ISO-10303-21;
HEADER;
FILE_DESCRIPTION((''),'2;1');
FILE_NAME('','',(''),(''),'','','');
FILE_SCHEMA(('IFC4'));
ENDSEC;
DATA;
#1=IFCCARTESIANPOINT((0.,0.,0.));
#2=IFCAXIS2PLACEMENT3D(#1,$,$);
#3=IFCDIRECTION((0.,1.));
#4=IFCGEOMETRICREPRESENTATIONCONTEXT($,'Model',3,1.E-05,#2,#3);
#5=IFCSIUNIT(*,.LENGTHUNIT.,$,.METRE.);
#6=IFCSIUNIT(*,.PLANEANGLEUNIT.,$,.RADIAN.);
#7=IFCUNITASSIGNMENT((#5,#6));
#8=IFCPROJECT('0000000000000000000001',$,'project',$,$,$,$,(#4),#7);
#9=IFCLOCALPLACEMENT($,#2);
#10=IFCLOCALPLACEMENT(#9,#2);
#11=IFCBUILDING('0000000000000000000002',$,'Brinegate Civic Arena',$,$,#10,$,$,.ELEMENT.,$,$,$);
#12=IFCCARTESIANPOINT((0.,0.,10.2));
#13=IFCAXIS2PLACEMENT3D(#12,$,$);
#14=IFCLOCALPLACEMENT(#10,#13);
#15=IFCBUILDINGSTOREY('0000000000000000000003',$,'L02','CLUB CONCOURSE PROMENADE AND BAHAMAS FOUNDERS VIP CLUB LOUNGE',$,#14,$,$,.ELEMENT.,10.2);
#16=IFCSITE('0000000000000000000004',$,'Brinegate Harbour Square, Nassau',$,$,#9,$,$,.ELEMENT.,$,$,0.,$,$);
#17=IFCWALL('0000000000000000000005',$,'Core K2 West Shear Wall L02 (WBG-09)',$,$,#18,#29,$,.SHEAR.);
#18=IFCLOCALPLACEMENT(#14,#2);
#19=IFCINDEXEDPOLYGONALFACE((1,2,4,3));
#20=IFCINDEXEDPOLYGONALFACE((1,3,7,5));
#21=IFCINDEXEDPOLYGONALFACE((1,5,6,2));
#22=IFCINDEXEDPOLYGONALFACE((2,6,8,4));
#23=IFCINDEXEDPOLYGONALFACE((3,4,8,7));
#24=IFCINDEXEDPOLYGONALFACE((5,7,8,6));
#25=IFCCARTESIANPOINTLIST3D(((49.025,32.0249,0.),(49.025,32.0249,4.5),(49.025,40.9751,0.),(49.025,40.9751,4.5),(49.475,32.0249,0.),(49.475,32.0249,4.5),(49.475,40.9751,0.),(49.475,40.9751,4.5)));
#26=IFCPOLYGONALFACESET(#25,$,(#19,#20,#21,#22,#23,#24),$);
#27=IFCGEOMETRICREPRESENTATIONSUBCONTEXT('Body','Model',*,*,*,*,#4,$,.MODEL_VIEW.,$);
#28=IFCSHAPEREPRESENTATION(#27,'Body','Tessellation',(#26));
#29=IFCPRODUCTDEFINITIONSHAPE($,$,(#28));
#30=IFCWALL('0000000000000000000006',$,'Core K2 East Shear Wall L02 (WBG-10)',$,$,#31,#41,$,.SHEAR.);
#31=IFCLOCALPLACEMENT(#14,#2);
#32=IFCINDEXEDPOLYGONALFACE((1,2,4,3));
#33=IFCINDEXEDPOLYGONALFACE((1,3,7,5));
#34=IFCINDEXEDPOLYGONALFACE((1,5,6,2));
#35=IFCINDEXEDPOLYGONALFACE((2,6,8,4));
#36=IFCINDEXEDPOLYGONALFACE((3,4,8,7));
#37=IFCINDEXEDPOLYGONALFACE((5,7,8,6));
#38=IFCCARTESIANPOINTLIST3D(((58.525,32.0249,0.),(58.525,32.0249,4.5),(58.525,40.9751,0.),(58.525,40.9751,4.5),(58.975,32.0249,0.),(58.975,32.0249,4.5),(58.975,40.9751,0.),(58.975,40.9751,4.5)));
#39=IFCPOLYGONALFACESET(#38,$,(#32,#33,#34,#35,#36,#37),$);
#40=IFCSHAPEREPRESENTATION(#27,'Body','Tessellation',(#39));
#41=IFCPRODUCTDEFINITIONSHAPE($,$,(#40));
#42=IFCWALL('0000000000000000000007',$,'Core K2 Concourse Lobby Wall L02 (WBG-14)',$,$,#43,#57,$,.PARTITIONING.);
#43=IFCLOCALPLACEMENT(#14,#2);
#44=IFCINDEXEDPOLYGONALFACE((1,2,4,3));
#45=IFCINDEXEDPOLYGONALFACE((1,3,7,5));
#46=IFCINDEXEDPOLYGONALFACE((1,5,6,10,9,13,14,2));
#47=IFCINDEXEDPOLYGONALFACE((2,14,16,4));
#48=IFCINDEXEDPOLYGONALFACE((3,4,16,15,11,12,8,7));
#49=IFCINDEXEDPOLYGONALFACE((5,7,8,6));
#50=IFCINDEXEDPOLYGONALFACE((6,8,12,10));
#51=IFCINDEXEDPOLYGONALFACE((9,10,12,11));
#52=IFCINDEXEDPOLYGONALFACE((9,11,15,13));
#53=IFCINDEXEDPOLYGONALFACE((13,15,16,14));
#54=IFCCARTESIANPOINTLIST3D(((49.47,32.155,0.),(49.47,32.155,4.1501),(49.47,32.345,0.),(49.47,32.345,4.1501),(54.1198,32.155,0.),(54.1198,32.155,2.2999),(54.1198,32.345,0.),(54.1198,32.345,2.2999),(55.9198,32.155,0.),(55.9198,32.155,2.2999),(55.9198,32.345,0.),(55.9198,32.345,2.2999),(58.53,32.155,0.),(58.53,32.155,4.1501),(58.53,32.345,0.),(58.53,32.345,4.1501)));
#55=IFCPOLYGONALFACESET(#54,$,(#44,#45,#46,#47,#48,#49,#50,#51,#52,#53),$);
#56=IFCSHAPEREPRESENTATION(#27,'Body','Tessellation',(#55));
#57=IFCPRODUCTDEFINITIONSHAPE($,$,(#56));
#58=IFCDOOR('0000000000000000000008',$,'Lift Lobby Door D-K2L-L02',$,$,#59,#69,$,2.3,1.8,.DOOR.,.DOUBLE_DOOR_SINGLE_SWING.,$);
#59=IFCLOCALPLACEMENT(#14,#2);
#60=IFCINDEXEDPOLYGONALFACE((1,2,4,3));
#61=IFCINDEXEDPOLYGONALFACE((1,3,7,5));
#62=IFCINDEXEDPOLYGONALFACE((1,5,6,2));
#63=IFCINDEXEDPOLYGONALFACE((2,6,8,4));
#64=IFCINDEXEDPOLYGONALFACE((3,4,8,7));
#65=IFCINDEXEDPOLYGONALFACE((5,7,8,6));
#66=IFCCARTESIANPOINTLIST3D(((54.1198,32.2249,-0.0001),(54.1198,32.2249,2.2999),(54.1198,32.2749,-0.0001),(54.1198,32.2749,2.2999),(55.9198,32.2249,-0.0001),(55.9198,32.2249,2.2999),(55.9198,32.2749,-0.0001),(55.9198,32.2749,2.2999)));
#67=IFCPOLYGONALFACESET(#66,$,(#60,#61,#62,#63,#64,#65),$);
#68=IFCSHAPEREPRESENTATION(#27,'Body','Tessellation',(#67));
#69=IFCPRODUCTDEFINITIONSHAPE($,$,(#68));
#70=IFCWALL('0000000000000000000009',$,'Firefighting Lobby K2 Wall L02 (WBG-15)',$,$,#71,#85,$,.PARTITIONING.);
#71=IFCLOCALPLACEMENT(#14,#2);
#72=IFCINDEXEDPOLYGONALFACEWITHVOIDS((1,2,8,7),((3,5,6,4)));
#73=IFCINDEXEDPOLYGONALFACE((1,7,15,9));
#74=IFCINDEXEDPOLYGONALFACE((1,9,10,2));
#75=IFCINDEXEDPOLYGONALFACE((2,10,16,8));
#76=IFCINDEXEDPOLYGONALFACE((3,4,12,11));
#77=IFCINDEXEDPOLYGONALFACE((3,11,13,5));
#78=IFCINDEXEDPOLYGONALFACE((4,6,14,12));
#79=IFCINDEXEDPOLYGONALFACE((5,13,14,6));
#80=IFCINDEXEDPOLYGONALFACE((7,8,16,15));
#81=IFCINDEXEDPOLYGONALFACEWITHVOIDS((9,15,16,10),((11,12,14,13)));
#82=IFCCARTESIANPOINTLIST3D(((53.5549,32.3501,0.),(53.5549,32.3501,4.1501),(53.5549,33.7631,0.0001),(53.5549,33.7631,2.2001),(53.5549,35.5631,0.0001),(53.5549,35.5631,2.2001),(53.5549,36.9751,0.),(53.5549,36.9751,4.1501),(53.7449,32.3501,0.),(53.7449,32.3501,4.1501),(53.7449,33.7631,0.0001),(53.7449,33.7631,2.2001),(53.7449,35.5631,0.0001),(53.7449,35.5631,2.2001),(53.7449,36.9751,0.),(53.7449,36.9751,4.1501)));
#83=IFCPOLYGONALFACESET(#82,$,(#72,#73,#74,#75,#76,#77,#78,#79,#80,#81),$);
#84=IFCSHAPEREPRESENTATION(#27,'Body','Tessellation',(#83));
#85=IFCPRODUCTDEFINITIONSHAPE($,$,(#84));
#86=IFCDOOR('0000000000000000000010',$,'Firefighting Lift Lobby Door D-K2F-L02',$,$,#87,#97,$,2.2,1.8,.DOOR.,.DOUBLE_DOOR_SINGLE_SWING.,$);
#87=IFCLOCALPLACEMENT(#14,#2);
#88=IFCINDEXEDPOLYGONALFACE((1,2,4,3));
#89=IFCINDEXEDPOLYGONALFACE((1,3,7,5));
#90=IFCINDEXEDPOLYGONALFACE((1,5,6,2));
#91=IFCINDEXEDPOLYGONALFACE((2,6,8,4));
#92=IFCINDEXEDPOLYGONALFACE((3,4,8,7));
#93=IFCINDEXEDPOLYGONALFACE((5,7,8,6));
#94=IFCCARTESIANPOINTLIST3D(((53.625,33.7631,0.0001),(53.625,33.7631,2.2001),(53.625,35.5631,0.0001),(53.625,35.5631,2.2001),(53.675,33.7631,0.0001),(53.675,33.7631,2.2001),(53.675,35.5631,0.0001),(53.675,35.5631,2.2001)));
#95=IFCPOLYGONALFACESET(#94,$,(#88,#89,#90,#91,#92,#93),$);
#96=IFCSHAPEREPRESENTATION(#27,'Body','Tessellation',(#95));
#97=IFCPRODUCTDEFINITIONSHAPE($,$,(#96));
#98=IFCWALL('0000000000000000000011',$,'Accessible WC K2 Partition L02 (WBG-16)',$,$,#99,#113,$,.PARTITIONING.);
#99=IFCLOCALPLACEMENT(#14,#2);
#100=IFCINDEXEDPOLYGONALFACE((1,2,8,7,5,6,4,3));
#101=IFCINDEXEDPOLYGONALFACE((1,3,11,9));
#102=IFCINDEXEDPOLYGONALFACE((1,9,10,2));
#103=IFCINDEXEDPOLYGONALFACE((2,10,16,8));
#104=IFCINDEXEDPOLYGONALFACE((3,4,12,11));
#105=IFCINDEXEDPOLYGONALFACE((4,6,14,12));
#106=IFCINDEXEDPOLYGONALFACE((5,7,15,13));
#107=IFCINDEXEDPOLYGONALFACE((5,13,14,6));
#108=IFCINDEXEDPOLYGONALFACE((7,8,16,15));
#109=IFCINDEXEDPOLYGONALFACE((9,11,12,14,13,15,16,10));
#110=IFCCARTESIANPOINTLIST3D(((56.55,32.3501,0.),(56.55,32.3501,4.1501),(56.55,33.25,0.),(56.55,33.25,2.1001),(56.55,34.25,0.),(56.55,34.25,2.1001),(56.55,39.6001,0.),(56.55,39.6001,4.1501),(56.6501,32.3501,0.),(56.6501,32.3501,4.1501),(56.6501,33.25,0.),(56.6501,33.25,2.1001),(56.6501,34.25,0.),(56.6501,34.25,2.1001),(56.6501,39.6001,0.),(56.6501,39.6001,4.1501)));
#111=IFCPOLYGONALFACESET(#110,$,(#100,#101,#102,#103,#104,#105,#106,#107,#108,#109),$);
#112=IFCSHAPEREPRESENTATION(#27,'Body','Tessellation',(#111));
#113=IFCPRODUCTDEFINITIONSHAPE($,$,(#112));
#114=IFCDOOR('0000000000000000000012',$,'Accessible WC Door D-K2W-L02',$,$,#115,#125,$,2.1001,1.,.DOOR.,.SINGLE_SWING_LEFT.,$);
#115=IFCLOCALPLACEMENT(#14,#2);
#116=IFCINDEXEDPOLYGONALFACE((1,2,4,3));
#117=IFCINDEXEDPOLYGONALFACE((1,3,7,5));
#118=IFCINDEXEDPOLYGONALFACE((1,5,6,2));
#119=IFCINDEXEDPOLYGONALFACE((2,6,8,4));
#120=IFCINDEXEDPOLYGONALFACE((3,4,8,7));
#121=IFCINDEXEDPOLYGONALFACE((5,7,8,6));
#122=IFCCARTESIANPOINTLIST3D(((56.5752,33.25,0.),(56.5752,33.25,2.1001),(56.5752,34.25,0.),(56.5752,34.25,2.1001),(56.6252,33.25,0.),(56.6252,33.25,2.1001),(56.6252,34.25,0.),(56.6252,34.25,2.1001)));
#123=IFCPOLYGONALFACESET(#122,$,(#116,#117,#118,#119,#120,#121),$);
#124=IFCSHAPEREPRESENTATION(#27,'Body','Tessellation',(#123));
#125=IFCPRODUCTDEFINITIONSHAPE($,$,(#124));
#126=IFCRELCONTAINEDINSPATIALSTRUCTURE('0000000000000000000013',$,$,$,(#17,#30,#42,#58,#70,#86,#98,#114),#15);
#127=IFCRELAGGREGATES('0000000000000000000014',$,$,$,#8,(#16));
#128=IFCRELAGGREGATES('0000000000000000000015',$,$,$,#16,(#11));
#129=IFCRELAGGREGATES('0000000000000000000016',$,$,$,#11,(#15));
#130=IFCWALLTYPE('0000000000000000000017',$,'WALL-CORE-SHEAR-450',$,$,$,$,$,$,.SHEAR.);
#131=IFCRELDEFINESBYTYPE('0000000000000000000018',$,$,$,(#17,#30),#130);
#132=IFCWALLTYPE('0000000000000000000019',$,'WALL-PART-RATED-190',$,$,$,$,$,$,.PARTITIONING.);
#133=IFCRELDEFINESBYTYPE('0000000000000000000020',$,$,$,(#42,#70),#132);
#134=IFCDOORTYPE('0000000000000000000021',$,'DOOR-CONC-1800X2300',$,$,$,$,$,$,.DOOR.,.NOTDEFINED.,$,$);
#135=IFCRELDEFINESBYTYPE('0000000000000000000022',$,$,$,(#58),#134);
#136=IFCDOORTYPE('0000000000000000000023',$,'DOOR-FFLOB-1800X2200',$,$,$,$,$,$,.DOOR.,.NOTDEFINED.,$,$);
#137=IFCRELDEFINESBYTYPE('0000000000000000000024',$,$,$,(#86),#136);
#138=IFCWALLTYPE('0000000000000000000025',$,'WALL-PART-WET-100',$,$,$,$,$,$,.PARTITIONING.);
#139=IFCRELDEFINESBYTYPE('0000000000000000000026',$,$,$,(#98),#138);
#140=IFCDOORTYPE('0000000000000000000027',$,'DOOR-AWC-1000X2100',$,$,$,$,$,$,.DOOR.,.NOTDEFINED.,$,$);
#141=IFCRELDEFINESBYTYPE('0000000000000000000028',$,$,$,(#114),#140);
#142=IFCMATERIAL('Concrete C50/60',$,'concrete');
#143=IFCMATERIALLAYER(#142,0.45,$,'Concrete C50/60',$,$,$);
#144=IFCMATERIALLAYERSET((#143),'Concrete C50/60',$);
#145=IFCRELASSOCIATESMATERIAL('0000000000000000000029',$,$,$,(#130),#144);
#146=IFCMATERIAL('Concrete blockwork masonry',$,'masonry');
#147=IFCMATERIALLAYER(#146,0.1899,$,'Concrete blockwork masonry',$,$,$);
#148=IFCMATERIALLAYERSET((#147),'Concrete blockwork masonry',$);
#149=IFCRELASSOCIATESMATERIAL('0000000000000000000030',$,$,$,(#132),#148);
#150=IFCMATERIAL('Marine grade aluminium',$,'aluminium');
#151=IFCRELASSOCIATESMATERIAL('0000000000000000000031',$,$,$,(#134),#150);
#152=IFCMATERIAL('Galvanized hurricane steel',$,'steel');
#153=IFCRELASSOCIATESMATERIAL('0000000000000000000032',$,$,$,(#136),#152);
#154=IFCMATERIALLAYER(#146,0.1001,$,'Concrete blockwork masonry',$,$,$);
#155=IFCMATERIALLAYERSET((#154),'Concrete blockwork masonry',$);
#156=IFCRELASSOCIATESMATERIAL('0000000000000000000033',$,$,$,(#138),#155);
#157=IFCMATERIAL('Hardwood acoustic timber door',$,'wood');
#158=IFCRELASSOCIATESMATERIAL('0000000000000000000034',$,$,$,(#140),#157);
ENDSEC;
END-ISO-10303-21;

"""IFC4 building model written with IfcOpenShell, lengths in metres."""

from ifc_helpers import new_model, si_unit, direction, frame, frame_2d, origin, place, context, subcontext, project, spatial, rectangle, extrude, material, layer, layer_set, type_object, element, fill, save


model = new_model("IFC4")

# Units and contexts
model_context = context("Model", 3, precision=1e-05, world=origin(), true_north=direction((0.0, 1.0)))
body_context = subcontext(model_context, "Body", "Model", "MODEL_VIEW")
ifc_project = project(units=[si_unit("LENGTHUNIT", "METRE"), si_unit("PLANEANGLEUNIT", "RADIAN")], contexts=[model_context])

# Site, building, storey
site_placement = place(None, origin())
site = spatial("IfcSite", under=ifc_project, at=site_placement, Name="Brinegate Harbour Square, Nassau", CompositionType="ELEMENT", RefElevation=0.0)
building_placement = place(site_placement, origin())
building = spatial("IfcBuilding", under=site, at=building_placement, Name="Brinegate Civic Arena", CompositionType="ELEMENT")
storey_placement = place(building_placement, frame((0.0, 0.0, 10.2)))
storey = spatial("IfcBuildingStorey", under=building, at=storey_placement, Name="L02", Description="CLUB CONCOURSE PROMENADE AND BAHAMAS FOUNDERS VIP CLUB LOUNGE", CompositionType="ELEMENT", Elevation=10.2)

# Shared definitions
ifc_material_1 = material(Name="Concrete C50/60", Category="concrete")

# Shared definitions
ifc_material_2 = material(Name="Marine grade aluminium", Category="aluminium")

# Walls
ifc_layer_1 = layer(ifc_material_1, 0.45, Name="Concrete C50/60")
ifc_layer_set_1 = layer_set([ifc_layer_1], Name="Concrete C50/60")
wall_type_1 = type_object("IfcWallType", Name="WALL-CORE-SHEAR-450", PredefinedType="SHEAR", material=ifc_layer_set_1)
for number, where, z_axis, x_axis, name in (
    (1, (49.25, 32.0249, 0.0), (0.0, 0.0, 1.0), (0.0, 1.0, 0.0), "Core K2 West Shear Wall L02 (WBG-09)"),
    (2, (58.75, 32.0249, 0.0), (0.0, 0.0, 1.0), (0.0, 1.0, 0.0), "Core K2 East Shear Wall L02 (WBG-10)"),
):
    element("IfcWall", number, at=place(storey_placement, frame(where, z_axis=z_axis, x_axis=x_axis)), inside=storey, type_object=wall_type_1, Name=name, PredefinedType="SHEAR", context=body_context, shape_type="SweptSolid", body=[
        extrude(rectangle(XDim=8.9502, YDim=0.45, at=frame_2d((4.4751, 0.0))), origin(), (0.0, 0.0, 1.0), 4.5),
    ])

# Walls, openings, doors
ifc_material_3 = material(Name="Concrete blockwork masonry", Category="masonry")
ifc_layer_2 = layer(ifc_material_3, 0.1899, Name="Concrete blockwork masonry")
ifc_layer_set_2 = layer_set([ifc_layer_2], Name="Concrete blockwork masonry")
wall_type_2 = type_object("IfcWallType", Name="WALL-PART-RATED-190", PredefinedType="PARTITIONING", material=ifc_layer_set_2)
wall_1_placement = place(storey_placement, frame((49.47, 32.25, 0.0), z_axis=(0.0, 0.0, 1.0), x_axis=(1.0, 0.0, 0.0)))
wall_1 = element("IfcWall", 3, at=wall_1_placement, inside=storey, type_object=wall_type_2, Name="Core K2 Concourse Lobby Wall L02 (WBG-14)", PredefinedType="PARTITIONING", context=body_context, shape_type="SweptSolid", body=[
    extrude(rectangle(XDim=9.0601, YDim=0.1899, at=frame_2d((4.53, 0.0))), origin(), (0.0, 0.0, 1.0), 4.1501),
])
opening_1_placement = place(wall_1_placement, frame((4.6499, 0.0, 0.0)))
opening_1 = element("IfcOpeningElement", 4, at=opening_1_placement, cuts=wall_1, PredefinedType="OPENING", context=body_context, shape_type="SweptSolid", body=[
    extrude(rectangle(XDim=1.8, YDim=2.3, at=frame_2d((0.8999, 1.1499))), frame((0.0, 0.105, 0.0), z_axis=(0.0, -1.0, 0.0), x_axis=(1.0, 0.0, 0.0)), (0.0, 0.0, 1.0), 0.21),
])
door_type_1 = type_object("IfcDoorType", Name="DOOR-CONC-1800X2300", OperationType="NOTDEFINED", PredefinedType="DOOR", material=ifc_material_2)
door_1_placement = place(opening_1_placement, origin())
door_1 = element("IfcDoor", 5, at=door_1_placement, inside=storey, type_object=door_type_1, Name="Lift Lobby Door D-K2L-L02", OperationType="DOUBLE_DOOR_SINGLE_SWING", OverallHeight=2.3, OverallWidth=1.8, PredefinedType="DOOR", context=body_context, shape_type="SweptSolid", body=[
    extrude(rectangle(XDim=1.8, YDim=2.3, at=frame_2d((0.8999, 1.1499))), frame((0.0, 0.0249, 0.0), z_axis=(0.0, -1.0, 0.0), x_axis=(1.0, 0.0, 0.0)), (0.0, 0.0, 1.0), 0.05),
])
fill(opening_1, door_1)
wall_2_placement = place(storey_placement, frame((53.6499, 32.3501, 0.0), z_axis=(0.0, 0.0, 1.0), x_axis=(0.0, 1.0, 0.0)))
wall_2 = element("IfcWall", 6, at=wall_2_placement, inside=storey, type_object=wall_type_2, Name="Firefighting Lobby K2 Wall L02 (WBG-15)", PredefinedType="PARTITIONING", context=body_context, shape_type="SweptSolid", body=[
    extrude(rectangle(XDim=4.625, YDim=0.1899, at=frame_2d((2.3125, 0.0))), origin(), (0.0, 0.0, 1.0), 4.1501),
])
opening_2_placement = place(wall_2_placement, frame((1.4131, 0.0, 0.0)))
opening_2 = element("IfcOpeningElement", 7, at=opening_2_placement, cuts=wall_2, PredefinedType="OPENING", context=body_context, shape_type="SweptSolid", body=[
    extrude(rectangle(XDim=1.8, YDim=2.2, at=frame_2d((0.8999, 1.1001))), frame((0.0, 0.105, 0.0), z_axis=(0.0, -1.0, 0.0), x_axis=(1.0, 0.0, 0.0)), (0.0, 0.0, 1.0), 0.21),
])
ifc_material_4 = material(Name="Galvanized hurricane steel", Category="steel")
door_type_2 = type_object("IfcDoorType", Name="DOOR-FFLOB-1800X2200", OperationType="NOTDEFINED", PredefinedType="DOOR", material=ifc_material_4)
door_2_placement = place(opening_2_placement, origin())
door_2 = element("IfcDoor", 8, at=door_2_placement, inside=storey, type_object=door_type_2, Name="Firefighting Lift Lobby Door D-K2F-L02", OperationType="DOUBLE_DOOR_SINGLE_SWING", OverallHeight=2.2, OverallWidth=1.8, PredefinedType="DOOR", context=body_context, shape_type="SweptSolid", body=[
    extrude(rectangle(XDim=1.8, YDim=2.2, at=frame_2d((0.8999, 1.1001))), frame((0.0, 0.0249, 0.0), z_axis=(0.0, -1.0, 0.0), x_axis=(1.0, 0.0, 0.0)), (0.0, 0.0, 1.0), 0.05),
])
fill(opening_2, door_2)
ifc_layer_3 = layer(ifc_material_3, 0.1001, Name="Concrete blockwork masonry")
ifc_layer_set_3 = layer_set([ifc_layer_3], Name="Concrete blockwork masonry")
wall_type_3 = type_object("IfcWallType", Name="WALL-PART-WET-100", PredefinedType="PARTITIONING", material=ifc_layer_set_3)
wall_3_placement = place(storey_placement, frame((56.6001, 32.3501, 0.0), z_axis=(0.0, 0.0, 1.0), x_axis=(0.0, 1.0, 0.0)))
wall_3 = element("IfcWall", 9, at=wall_3_placement, inside=storey, type_object=wall_type_3, Name="Accessible WC K2 Partition L02 (WBG-16)", PredefinedType="PARTITIONING", context=body_context, shape_type="SweptSolid", body=[
    extrude(rectangle(XDim=7.25, YDim=0.1001, at=frame_2d((3.625, 0.0))), origin(), (0.0, 0.0, 1.0), 4.1501),
])
opening_3_placement = place(wall_3_placement, frame((0.8999, 0.0, 0.0)))
opening_3 = element("IfcOpeningElement", 10, at=opening_3_placement, cuts=wall_3, PredefinedType="OPENING", context=body_context, shape_type="SweptSolid", body=[
    extrude(rectangle(XDim=1.0, YDim=2.1001, at=frame_2d((0.5, 1.05))), frame((0.0, 0.0601, 0.0), z_axis=(0.0, -1.0, 0.0), x_axis=(1.0, 0.0, 0.0)), (0.0, 0.0, 1.0), 0.1201),
])
ifc_material_5 = material(Name="Hardwood acoustic timber door", Category="wood")
door_type_3 = type_object("IfcDoorType", Name="DOOR-AWC-1000X2100", OperationType="NOTDEFINED", PredefinedType="DOOR", material=ifc_material_5)
door_3_placement = place(opening_3_placement, origin())
door_3 = element("IfcDoor", 11, at=door_3_placement, inside=storey, type_object=door_type_3, Name="Accessible WC Door D-K2W-L02", OperationType="SINGLE_SWING_LEFT", OverallHeight=2.1001, OverallWidth=1.0, PredefinedType="DOOR", context=body_context, shape_type="SweptSolid", body=[
    extrude(rectangle(XDim=1.0, YDim=2.1001, at=frame_2d((0.5, 1.05))), frame((0.0, 0.0249, 0.0), z_axis=(0.0, -1.0, 0.0), x_axis=(1.0, 0.0, 0.0)), (0.0, 0.0, 1.0), 0.05),
])
fill(opening_3, door_3)

save(model, "model.ifc")
